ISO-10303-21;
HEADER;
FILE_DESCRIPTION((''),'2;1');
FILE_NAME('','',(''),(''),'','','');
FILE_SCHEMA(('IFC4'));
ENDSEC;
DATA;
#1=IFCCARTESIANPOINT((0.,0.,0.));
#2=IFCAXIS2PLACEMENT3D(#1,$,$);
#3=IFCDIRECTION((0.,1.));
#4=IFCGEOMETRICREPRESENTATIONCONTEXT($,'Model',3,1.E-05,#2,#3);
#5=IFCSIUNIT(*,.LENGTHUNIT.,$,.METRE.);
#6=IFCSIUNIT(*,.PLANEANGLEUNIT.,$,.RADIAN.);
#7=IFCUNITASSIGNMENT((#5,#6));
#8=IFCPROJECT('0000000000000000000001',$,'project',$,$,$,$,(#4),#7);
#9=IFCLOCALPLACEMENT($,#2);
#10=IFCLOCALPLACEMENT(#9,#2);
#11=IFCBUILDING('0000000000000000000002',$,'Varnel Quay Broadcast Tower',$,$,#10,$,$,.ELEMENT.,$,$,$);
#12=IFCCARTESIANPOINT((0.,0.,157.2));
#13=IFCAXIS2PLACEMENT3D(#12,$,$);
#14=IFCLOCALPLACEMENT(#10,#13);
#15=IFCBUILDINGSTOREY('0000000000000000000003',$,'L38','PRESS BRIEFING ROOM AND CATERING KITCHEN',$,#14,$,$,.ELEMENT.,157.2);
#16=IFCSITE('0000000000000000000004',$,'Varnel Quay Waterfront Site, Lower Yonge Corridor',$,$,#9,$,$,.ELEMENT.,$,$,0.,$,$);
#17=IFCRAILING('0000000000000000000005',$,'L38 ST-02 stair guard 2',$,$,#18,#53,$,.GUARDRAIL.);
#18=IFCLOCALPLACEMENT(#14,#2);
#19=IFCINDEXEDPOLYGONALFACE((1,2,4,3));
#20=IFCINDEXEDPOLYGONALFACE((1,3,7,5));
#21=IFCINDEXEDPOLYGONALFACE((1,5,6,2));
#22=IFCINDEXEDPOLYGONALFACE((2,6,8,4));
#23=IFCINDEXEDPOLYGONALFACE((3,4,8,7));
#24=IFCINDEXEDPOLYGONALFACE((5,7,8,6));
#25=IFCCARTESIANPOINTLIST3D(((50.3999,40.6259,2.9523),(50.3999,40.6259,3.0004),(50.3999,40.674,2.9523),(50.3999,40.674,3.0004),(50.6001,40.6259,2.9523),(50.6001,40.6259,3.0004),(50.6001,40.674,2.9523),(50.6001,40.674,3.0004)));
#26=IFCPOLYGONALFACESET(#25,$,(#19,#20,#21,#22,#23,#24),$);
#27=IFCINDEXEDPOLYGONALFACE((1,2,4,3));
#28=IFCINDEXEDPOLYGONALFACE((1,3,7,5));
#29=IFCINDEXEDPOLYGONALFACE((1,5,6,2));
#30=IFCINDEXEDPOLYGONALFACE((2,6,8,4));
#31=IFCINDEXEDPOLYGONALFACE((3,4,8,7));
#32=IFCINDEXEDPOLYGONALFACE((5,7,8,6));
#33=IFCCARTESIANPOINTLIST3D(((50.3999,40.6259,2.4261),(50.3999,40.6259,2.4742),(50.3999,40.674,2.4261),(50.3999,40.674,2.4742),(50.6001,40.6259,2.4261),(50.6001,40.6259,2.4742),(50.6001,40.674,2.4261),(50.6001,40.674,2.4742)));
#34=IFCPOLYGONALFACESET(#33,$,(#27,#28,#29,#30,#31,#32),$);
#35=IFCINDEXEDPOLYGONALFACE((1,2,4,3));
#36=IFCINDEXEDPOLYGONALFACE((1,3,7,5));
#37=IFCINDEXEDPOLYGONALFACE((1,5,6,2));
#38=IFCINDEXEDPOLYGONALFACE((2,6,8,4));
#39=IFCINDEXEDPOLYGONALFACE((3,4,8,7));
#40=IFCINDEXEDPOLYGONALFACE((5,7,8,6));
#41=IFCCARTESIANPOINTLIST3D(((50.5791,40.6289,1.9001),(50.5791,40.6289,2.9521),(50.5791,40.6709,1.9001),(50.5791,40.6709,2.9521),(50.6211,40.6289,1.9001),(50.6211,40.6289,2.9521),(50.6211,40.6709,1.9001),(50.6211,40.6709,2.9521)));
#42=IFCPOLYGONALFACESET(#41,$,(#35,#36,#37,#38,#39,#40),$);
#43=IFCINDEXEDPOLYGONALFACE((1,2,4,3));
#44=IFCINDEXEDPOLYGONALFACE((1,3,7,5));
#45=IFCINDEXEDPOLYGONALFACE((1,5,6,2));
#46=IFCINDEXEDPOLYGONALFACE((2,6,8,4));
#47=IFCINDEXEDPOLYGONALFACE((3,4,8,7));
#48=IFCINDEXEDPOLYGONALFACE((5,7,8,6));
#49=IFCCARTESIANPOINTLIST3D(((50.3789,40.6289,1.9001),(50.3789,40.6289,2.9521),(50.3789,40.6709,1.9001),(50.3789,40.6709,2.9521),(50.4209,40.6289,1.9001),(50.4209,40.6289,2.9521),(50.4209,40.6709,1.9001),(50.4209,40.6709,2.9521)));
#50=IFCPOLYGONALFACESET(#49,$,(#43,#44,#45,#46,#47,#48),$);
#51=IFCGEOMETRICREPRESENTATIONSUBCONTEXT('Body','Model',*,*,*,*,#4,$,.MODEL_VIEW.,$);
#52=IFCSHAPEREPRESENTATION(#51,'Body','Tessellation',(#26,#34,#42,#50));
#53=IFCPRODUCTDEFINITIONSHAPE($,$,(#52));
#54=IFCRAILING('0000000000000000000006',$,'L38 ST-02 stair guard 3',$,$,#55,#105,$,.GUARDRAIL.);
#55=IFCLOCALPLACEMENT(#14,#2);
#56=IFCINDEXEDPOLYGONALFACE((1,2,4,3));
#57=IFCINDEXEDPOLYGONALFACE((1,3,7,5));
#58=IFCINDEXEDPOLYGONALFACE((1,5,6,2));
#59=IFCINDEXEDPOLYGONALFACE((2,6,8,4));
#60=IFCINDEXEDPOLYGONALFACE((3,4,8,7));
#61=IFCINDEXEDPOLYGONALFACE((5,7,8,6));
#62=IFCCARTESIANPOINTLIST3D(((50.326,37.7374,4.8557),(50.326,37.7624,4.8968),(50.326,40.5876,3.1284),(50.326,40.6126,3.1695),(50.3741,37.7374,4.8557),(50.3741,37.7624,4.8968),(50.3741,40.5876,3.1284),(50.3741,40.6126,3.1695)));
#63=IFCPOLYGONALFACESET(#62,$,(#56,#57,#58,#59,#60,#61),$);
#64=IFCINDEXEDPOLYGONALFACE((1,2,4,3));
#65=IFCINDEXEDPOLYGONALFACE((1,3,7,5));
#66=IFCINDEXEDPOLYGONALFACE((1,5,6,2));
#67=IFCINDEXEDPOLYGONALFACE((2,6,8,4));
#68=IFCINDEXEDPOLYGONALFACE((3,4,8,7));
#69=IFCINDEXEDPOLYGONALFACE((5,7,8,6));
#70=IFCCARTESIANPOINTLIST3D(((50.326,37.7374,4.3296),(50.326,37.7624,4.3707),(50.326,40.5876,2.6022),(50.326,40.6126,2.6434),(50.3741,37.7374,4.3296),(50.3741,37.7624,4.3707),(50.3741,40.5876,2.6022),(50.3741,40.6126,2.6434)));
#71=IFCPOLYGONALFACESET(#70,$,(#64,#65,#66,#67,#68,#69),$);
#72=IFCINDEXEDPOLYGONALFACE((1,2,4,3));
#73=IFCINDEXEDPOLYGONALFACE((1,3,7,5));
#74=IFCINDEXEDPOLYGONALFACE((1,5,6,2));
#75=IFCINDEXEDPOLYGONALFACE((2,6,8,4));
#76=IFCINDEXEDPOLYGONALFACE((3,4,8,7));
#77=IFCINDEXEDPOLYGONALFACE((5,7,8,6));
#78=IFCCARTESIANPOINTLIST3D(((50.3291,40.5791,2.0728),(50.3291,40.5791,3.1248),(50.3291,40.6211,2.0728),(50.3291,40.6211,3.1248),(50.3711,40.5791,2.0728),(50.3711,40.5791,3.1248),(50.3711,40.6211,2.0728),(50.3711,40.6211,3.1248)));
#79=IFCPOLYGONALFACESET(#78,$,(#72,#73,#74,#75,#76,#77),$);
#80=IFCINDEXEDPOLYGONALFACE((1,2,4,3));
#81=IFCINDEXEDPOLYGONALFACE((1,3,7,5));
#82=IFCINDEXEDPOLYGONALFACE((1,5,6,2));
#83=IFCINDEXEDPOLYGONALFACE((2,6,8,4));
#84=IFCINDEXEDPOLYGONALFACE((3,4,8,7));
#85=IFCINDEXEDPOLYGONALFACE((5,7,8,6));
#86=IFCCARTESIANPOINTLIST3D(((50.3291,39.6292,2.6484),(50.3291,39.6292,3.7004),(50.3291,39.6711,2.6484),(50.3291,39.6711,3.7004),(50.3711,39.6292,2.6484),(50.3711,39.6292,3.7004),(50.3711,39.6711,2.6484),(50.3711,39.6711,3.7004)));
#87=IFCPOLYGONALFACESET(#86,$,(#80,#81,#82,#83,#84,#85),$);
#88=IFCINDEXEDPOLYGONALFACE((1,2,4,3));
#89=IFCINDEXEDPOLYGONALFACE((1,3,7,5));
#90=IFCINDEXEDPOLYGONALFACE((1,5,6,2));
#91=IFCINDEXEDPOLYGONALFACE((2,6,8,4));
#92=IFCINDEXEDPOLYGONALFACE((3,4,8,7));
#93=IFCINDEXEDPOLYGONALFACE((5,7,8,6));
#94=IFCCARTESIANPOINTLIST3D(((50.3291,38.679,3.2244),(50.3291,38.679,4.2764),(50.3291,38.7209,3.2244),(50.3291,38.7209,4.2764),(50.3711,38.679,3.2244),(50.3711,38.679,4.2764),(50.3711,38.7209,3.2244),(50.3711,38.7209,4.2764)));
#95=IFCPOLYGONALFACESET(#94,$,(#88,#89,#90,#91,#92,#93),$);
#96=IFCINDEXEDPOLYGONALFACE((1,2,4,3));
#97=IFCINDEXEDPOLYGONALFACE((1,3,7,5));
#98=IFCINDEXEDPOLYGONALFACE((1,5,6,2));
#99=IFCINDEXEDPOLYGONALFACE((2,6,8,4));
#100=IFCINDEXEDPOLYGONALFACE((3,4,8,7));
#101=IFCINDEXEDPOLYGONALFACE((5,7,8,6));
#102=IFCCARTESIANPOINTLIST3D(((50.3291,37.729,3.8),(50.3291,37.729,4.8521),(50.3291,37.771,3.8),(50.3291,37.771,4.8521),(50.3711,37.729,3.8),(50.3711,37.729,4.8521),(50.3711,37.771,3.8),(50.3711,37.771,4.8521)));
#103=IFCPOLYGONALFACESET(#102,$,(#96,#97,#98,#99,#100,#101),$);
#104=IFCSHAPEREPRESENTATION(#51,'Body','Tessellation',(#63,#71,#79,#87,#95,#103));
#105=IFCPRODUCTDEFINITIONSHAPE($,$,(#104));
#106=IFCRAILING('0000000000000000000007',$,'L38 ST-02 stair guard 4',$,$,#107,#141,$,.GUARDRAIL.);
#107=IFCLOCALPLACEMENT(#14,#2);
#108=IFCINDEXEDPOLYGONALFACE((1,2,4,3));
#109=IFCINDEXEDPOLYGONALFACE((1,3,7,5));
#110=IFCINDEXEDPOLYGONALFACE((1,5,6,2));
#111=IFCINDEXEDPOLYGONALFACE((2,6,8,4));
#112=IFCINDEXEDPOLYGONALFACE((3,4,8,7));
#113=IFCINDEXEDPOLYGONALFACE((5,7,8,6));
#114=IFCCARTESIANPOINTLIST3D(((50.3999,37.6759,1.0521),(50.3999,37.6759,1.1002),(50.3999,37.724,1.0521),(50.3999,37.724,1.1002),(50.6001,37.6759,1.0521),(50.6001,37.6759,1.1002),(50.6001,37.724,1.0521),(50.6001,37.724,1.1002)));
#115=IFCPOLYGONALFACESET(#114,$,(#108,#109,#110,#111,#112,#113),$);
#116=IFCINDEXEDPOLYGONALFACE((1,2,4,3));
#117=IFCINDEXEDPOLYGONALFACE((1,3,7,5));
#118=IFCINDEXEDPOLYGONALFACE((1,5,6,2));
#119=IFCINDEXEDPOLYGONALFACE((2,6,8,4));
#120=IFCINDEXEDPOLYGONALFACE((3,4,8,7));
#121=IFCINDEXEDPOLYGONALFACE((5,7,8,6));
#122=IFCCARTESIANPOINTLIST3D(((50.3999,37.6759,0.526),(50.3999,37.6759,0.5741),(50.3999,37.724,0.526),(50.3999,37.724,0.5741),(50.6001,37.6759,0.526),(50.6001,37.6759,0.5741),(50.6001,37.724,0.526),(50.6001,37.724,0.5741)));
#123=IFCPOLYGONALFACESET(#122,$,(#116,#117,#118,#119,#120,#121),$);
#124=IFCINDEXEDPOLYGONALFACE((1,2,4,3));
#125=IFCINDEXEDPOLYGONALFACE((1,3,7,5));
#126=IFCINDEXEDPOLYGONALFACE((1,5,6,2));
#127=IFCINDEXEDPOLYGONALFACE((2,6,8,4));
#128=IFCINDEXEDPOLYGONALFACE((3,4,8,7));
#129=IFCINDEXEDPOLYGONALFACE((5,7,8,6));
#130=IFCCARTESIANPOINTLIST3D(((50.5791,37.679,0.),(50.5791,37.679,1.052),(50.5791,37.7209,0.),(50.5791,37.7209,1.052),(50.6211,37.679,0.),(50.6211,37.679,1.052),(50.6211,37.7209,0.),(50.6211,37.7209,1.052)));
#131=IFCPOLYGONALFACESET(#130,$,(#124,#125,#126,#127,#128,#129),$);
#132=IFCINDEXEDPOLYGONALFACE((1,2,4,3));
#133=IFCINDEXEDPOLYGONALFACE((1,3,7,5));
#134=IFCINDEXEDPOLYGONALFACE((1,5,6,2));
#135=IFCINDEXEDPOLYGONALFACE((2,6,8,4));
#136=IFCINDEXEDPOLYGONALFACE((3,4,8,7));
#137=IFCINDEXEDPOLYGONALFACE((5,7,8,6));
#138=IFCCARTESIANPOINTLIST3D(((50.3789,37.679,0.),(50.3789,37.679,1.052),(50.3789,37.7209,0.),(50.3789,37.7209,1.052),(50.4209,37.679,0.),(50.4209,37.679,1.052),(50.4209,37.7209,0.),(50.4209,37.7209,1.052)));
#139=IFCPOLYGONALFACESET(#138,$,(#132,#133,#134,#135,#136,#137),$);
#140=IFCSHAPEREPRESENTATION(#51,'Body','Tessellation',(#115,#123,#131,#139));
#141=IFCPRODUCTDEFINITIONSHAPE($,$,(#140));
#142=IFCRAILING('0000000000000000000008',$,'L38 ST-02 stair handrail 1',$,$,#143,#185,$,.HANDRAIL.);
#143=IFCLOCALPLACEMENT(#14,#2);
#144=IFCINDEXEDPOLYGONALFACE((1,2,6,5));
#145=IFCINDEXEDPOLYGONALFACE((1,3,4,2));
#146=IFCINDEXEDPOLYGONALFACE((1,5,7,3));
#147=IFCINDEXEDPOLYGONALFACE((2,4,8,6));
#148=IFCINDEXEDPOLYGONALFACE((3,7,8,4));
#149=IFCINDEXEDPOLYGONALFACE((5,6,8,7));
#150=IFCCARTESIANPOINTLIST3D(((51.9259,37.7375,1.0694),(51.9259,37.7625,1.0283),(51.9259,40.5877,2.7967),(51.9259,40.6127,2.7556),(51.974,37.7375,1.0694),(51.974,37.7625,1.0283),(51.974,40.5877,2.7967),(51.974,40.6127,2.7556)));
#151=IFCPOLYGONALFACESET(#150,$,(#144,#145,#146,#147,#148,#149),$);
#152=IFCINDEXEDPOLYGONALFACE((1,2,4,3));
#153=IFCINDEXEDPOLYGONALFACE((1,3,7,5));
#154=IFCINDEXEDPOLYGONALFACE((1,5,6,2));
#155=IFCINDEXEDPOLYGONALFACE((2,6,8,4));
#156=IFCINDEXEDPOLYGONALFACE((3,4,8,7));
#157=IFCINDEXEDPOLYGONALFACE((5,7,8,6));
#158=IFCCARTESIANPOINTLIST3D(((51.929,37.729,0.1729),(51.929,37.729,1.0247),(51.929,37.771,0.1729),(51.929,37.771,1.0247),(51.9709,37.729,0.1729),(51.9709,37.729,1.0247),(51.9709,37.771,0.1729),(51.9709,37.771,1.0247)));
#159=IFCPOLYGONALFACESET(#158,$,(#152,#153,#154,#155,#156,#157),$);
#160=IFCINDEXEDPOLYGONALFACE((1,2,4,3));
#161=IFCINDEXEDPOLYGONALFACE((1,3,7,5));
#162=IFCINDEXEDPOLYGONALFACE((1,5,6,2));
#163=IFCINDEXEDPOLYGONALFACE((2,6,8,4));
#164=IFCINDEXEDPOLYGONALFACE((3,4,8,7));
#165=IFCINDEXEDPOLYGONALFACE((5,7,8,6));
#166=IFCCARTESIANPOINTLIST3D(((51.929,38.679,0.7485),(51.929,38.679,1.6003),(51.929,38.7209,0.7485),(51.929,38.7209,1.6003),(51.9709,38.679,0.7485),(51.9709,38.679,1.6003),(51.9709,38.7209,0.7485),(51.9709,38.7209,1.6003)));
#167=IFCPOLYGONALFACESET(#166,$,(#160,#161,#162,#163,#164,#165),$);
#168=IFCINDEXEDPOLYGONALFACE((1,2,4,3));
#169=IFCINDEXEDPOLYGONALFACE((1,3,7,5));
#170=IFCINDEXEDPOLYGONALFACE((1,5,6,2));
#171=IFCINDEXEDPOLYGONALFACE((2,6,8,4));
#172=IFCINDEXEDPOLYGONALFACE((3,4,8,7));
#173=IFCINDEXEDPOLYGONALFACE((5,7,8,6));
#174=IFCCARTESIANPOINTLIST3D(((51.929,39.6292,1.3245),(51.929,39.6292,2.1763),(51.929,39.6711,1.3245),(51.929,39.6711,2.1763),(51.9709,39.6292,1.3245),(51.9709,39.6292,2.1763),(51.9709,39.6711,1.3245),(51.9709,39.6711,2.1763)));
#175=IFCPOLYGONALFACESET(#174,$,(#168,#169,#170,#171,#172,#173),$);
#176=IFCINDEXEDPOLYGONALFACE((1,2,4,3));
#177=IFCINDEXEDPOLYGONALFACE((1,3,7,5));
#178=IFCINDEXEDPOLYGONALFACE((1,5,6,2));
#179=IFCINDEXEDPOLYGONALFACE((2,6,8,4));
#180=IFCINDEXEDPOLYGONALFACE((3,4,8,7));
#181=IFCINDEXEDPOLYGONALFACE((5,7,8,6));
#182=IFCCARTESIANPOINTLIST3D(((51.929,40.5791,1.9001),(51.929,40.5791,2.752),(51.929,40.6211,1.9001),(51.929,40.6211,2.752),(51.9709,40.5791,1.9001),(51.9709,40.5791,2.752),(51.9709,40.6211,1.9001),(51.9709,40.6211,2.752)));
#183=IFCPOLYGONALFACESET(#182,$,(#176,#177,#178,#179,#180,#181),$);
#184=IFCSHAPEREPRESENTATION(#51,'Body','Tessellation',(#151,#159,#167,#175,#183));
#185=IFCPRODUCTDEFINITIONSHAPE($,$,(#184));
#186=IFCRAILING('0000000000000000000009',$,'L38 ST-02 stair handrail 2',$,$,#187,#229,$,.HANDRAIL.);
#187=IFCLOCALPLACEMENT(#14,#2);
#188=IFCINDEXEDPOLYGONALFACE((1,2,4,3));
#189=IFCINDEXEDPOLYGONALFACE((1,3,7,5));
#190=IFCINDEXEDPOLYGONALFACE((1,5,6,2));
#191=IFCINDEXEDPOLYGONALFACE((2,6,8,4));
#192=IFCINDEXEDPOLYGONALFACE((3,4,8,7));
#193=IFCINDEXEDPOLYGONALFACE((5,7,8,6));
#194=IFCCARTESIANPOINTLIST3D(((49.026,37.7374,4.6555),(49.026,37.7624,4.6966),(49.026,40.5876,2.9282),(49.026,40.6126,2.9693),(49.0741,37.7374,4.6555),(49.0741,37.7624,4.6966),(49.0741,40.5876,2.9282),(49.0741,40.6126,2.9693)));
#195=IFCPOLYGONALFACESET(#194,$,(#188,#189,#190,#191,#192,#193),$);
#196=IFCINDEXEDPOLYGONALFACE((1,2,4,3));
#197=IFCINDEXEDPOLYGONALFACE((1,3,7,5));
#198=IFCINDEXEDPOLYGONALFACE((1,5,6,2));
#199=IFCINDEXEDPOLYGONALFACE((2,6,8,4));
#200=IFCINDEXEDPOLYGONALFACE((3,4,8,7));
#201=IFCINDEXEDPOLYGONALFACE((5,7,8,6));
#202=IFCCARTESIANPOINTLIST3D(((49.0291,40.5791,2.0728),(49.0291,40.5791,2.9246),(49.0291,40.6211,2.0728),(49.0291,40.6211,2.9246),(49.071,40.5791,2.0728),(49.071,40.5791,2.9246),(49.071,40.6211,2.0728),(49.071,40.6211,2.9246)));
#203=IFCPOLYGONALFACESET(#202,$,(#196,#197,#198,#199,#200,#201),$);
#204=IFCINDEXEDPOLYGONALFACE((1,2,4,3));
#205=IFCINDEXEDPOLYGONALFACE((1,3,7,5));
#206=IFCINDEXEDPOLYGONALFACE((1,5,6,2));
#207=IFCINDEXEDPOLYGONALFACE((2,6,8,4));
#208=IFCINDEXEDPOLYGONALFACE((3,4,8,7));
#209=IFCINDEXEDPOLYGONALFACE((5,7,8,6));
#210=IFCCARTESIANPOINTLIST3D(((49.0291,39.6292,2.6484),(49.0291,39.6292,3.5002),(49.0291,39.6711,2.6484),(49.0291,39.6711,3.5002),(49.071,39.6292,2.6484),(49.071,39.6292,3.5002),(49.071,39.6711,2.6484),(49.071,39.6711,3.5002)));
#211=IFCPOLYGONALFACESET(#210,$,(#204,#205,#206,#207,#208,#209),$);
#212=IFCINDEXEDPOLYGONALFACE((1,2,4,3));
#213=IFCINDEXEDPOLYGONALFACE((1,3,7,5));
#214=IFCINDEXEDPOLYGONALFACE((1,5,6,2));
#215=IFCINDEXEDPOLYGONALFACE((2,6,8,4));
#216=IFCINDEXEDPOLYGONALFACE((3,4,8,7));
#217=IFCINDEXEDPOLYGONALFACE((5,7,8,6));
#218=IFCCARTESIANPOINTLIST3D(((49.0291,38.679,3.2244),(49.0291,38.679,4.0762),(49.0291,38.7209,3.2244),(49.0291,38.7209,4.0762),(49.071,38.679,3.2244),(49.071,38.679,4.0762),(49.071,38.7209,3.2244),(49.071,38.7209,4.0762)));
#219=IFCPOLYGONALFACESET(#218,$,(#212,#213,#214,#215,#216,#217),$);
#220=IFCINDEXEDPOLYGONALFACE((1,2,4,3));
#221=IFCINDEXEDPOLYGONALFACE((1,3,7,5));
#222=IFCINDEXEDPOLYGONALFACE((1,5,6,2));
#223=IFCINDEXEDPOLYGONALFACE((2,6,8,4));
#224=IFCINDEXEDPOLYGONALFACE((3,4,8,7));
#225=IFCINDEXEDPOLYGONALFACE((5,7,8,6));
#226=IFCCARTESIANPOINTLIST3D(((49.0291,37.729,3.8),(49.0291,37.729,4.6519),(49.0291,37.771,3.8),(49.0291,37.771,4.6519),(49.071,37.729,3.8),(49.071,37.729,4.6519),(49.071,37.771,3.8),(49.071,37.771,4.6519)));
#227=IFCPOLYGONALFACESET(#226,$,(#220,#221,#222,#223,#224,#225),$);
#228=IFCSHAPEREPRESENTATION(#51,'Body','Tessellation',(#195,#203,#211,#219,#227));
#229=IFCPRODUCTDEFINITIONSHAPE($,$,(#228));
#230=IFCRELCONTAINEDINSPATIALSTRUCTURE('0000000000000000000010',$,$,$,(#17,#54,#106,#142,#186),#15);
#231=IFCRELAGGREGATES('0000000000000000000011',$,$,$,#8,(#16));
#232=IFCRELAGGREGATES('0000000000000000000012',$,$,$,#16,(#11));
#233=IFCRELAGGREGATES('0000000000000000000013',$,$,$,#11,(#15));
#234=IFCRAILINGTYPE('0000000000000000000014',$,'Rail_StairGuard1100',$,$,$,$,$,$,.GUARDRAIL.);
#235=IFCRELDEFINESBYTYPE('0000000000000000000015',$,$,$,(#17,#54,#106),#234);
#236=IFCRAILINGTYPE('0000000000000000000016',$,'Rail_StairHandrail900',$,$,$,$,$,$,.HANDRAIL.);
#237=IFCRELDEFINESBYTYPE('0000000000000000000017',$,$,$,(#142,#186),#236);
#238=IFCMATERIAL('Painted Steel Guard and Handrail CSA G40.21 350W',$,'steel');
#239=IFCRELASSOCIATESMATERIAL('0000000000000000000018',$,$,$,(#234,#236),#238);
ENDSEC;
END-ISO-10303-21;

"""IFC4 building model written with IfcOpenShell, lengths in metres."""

from ifc_helpers import new_model, si_unit, direction, frame, origin, origin_2d, place, context, subcontext, project, spatial, rectangle, extrude, material, type_object, element, save


model = new_model("IFC4")

# Units and contexts
model_context = context("Model", 3, precision=1e-05, world=origin(), true_north=direction((0.0, 1.0)))
body_context = subcontext(model_context, "Body", "Model", "MODEL_VIEW")
ifc_project = project(units=[si_unit("LENGTHUNIT", "METRE"), si_unit("PLANEANGLEUNIT", "RADIAN")], contexts=[model_context])

# Site, building, storey
site_placement = place(None, origin())
site = spatial("IfcSite", under=ifc_project, at=site_placement, Name="Varnel Quay Waterfront Site, Lower Yonge Corridor", CompositionType="ELEMENT", RefElevation=0.0)
building_placement = place(site_placement, origin())
building = spatial("IfcBuilding", under=site, at=building_placement, Name="Varnel Quay Broadcast Tower", CompositionType="ELEMENT")
storey_placement = place(building_placement, frame((0.0, 0.0, 157.2)))
storey = spatial("IfcBuildingStorey", under=building, at=storey_placement, Name="L38", Description="PRESS BRIEFING ROOM AND CATERING KITCHEN", CompositionType="ELEMENT", Elevation=157.2)

# Railings
ifc_material_1 = material(Name="Painted Steel Guard and Handrail CSA G40.21 350W", Category="steel")
railing_type_1 = type_object("IfcRailingType", Name="Rail_StairGuard1100", PredefinedType="GUARDRAIL", material=ifc_material_1)
railing_1_placement = place(storey_placement, frame((50.6001, 40.6499, 1.9001)))
element("IfcRailing", 1, at=railing_1_placement, inside=storey, type_object=railing_type_1, Name="L38 ST-02 stair guard 2", PredefinedType="GUARDRAIL", context=body_context, shape_type="SweptSolid", body=[
    extrude(rectangle(XDim=0.0481, YDim=0.0481, at=origin_2d()), frame((0.0, 0.0, 1.0762), z_axis=(-1.0, 0.0, 0.0), x_axis=(0.0, -1.0, 0.0)), (0.0, 0.0, 1.0), 0.2002),
    extrude(rectangle(XDim=0.0481, YDim=0.0481, at=origin_2d()), frame((0.0, 0.0, 0.55), z_axis=(-1.0, 0.0, 0.0), x_axis=(0.0, -1.0, 0.0)), (0.0, 0.0, 1.0), 0.2002),
    extrude(rectangle(XDim=0.042, YDim=0.042, at=origin_2d()), origin(), (0.0, 0.0, 1.0), 1.052),
    extrude(rectangle(XDim=0.042, YDim=0.042, at=origin_2d()), frame((-0.2002, 0.0, 0.0)), (0.0, 0.0, 1.0), 1.052),
])
railing_2_placement = place(storey_placement, frame((50.3501, 40.6001, 2.0728)))
element("IfcRailing", 2, at=railing_2_placement, inside=storey, type_object=railing_type_1, Name="L38 ST-02 stair guard 3", PredefinedType="GUARDRAIL", context=body_context, shape_type="SweptSolid", body=[
    extrude(rectangle(XDim=0.0481, YDim=0.0481, at=origin_2d()), frame((0.0, 0.0, 1.0762), z_axis=(0.0, -0.855203, 0.518294), x_axis=(1.0, 0.0, 0.0)), (0.0, 0.0, 1.0), 3.3328),
    extrude(rectangle(XDim=0.0481, YDim=0.0481, at=origin_2d()), frame((0.0, 0.0, 0.55), z_axis=(0.0, -0.855203, 0.518294), x_axis=(1.0, 0.0, 0.0)), (0.0, 0.0, 1.0), 3.3328),
    extrude(rectangle(XDim=0.042, YDim=0.042, at=origin_2d()), origin(), (0.0, 0.0, 1.0), 1.052),
    extrude(rectangle(XDim=0.042, YDim=0.042, at=origin_2d()), frame((0.0, -0.95, 0.5757)), (0.0, 0.0, 1.0), 1.052),
    extrude(rectangle(XDim=0.042, YDim=0.042, at=origin_2d()), frame((0.0, -1.9001, 1.1516)), (0.0, 0.0, 1.0), 1.052),
    extrude(rectangle(XDim=0.042, YDim=0.042, at=origin_2d()), frame((0.0, -2.8501, 1.7273)), (0.0, 0.0, 1.0), 1.052),
])
railing_3_placement = place(storey_placement, frame((50.6001, 37.7, 0.0)))
element("IfcRailing", 3, at=railing_3_placement, inside=storey, type_object=railing_type_1, Name="L38 ST-02 stair guard 4", PredefinedType="GUARDRAIL", context=body_context, shape_type="SweptSolid", body=[
    extrude(rectangle(XDim=0.0481, YDim=0.0481, at=origin_2d()), frame((0.0, 0.0, 1.0762), z_axis=(-1.0, 0.0, 0.0), x_axis=(0.0, -1.0, 0.0)), (0.0, 0.0, 1.0), 0.2002),
    extrude(rectangle(XDim=0.0481, YDim=0.0481, at=origin_2d()), frame((0.0, 0.0, 0.55), z_axis=(-1.0, 0.0, 0.0), x_axis=(0.0, -1.0, 0.0)), (0.0, 0.0, 1.0), 0.2002),
    extrude(rectangle(XDim=0.042, YDim=0.042, at=origin_2d()), origin(), (0.0, 0.0, 1.0), 1.052),
    extrude(rectangle(XDim=0.042, YDim=0.042, at=origin_2d()), frame((-0.2002, 0.0, 0.0)), (0.0, 0.0, 1.0), 1.052),
])
railing_type_2 = type_object("IfcRailingType", Name="Rail_StairHandrail900", PredefinedType="HANDRAIL", material=ifc_material_1)
railing_4_placement = place(storey_placement, frame((51.95, 37.75, 0.1729)))
element("IfcRailing", 4, at=railing_4_placement, inside=storey, type_object=railing_type_2, Name="L38 ST-02 stair handrail 1", PredefinedType="HANDRAIL", context=body_context, shape_type="SweptSolid", body=[
    extrude(rectangle(XDim=0.0481, YDim=0.0481, at=origin_2d()), frame((0.0, 0.0, 0.876), z_axis=(0.0, 0.855203, 0.518294), x_axis=(-1.0, 0.0, 0.0)), (0.0, 0.0, 1.0), 3.3328),
    extrude(rectangle(XDim=0.042, YDim=0.042, at=origin_2d()), origin(), (0.0, 0.0, 1.0), 0.8518),
    extrude(rectangle(XDim=0.042, YDim=0.042, at=origin_2d()), frame((0.0, 0.95, 0.5757)), (0.0, 0.0, 1.0), 0.8518),
    extrude(rectangle(XDim=0.042, YDim=0.042, at=origin_2d()), frame((0.0, 1.9001, 1.1516)), (0.0, 0.0, 1.0), 0.8518),
    extrude(rectangle(XDim=0.042, YDim=0.042, at=origin_2d()), frame((0.0, 2.8501, 1.7273)), (0.0, 0.0, 1.0), 0.8518),
])
railing_5_placement = place(storey_placement, frame((49.05, 40.6001, 2.0728)))
element("IfcRailing", 5, at=railing_5_placement, inside=storey, type_object=railing_type_2, Name="L38 ST-02 stair handrail 2", PredefinedType="HANDRAIL", context=body_context, shape_type="SweptSolid", body=[
    extrude(rectangle(XDim=0.0481, YDim=0.0481, at=origin_2d()), frame((0.0, 0.0, 0.876), z_axis=(0.0, -0.855203, 0.518294), x_axis=(1.0, 0.0, 0.0)), (0.0, 0.0, 1.0), 3.3328),
    extrude(rectangle(XDim=0.042, YDim=0.042, at=origin_2d()), origin(), (0.0, 0.0, 1.0), 0.8518),
    extrude(rectangle(XDim=0.042, YDim=0.042, at=origin_2d()), frame((0.0, -0.95, 0.5757)), (0.0, 0.0, 1.0), 0.8518),
    extrude(rectangle(XDim=0.042, YDim=0.042, at=origin_2d()), frame((0.0, -1.9001, 1.1516)), (0.0, 0.0, 1.0), 0.8518),
    extrude(rectangle(XDim=0.042, YDim=0.042, at=origin_2d()), frame((0.0, -2.8501, 1.7273)), (0.0, 0.0, 1.0), 0.8518),
])

save(model, "model.ifc")
